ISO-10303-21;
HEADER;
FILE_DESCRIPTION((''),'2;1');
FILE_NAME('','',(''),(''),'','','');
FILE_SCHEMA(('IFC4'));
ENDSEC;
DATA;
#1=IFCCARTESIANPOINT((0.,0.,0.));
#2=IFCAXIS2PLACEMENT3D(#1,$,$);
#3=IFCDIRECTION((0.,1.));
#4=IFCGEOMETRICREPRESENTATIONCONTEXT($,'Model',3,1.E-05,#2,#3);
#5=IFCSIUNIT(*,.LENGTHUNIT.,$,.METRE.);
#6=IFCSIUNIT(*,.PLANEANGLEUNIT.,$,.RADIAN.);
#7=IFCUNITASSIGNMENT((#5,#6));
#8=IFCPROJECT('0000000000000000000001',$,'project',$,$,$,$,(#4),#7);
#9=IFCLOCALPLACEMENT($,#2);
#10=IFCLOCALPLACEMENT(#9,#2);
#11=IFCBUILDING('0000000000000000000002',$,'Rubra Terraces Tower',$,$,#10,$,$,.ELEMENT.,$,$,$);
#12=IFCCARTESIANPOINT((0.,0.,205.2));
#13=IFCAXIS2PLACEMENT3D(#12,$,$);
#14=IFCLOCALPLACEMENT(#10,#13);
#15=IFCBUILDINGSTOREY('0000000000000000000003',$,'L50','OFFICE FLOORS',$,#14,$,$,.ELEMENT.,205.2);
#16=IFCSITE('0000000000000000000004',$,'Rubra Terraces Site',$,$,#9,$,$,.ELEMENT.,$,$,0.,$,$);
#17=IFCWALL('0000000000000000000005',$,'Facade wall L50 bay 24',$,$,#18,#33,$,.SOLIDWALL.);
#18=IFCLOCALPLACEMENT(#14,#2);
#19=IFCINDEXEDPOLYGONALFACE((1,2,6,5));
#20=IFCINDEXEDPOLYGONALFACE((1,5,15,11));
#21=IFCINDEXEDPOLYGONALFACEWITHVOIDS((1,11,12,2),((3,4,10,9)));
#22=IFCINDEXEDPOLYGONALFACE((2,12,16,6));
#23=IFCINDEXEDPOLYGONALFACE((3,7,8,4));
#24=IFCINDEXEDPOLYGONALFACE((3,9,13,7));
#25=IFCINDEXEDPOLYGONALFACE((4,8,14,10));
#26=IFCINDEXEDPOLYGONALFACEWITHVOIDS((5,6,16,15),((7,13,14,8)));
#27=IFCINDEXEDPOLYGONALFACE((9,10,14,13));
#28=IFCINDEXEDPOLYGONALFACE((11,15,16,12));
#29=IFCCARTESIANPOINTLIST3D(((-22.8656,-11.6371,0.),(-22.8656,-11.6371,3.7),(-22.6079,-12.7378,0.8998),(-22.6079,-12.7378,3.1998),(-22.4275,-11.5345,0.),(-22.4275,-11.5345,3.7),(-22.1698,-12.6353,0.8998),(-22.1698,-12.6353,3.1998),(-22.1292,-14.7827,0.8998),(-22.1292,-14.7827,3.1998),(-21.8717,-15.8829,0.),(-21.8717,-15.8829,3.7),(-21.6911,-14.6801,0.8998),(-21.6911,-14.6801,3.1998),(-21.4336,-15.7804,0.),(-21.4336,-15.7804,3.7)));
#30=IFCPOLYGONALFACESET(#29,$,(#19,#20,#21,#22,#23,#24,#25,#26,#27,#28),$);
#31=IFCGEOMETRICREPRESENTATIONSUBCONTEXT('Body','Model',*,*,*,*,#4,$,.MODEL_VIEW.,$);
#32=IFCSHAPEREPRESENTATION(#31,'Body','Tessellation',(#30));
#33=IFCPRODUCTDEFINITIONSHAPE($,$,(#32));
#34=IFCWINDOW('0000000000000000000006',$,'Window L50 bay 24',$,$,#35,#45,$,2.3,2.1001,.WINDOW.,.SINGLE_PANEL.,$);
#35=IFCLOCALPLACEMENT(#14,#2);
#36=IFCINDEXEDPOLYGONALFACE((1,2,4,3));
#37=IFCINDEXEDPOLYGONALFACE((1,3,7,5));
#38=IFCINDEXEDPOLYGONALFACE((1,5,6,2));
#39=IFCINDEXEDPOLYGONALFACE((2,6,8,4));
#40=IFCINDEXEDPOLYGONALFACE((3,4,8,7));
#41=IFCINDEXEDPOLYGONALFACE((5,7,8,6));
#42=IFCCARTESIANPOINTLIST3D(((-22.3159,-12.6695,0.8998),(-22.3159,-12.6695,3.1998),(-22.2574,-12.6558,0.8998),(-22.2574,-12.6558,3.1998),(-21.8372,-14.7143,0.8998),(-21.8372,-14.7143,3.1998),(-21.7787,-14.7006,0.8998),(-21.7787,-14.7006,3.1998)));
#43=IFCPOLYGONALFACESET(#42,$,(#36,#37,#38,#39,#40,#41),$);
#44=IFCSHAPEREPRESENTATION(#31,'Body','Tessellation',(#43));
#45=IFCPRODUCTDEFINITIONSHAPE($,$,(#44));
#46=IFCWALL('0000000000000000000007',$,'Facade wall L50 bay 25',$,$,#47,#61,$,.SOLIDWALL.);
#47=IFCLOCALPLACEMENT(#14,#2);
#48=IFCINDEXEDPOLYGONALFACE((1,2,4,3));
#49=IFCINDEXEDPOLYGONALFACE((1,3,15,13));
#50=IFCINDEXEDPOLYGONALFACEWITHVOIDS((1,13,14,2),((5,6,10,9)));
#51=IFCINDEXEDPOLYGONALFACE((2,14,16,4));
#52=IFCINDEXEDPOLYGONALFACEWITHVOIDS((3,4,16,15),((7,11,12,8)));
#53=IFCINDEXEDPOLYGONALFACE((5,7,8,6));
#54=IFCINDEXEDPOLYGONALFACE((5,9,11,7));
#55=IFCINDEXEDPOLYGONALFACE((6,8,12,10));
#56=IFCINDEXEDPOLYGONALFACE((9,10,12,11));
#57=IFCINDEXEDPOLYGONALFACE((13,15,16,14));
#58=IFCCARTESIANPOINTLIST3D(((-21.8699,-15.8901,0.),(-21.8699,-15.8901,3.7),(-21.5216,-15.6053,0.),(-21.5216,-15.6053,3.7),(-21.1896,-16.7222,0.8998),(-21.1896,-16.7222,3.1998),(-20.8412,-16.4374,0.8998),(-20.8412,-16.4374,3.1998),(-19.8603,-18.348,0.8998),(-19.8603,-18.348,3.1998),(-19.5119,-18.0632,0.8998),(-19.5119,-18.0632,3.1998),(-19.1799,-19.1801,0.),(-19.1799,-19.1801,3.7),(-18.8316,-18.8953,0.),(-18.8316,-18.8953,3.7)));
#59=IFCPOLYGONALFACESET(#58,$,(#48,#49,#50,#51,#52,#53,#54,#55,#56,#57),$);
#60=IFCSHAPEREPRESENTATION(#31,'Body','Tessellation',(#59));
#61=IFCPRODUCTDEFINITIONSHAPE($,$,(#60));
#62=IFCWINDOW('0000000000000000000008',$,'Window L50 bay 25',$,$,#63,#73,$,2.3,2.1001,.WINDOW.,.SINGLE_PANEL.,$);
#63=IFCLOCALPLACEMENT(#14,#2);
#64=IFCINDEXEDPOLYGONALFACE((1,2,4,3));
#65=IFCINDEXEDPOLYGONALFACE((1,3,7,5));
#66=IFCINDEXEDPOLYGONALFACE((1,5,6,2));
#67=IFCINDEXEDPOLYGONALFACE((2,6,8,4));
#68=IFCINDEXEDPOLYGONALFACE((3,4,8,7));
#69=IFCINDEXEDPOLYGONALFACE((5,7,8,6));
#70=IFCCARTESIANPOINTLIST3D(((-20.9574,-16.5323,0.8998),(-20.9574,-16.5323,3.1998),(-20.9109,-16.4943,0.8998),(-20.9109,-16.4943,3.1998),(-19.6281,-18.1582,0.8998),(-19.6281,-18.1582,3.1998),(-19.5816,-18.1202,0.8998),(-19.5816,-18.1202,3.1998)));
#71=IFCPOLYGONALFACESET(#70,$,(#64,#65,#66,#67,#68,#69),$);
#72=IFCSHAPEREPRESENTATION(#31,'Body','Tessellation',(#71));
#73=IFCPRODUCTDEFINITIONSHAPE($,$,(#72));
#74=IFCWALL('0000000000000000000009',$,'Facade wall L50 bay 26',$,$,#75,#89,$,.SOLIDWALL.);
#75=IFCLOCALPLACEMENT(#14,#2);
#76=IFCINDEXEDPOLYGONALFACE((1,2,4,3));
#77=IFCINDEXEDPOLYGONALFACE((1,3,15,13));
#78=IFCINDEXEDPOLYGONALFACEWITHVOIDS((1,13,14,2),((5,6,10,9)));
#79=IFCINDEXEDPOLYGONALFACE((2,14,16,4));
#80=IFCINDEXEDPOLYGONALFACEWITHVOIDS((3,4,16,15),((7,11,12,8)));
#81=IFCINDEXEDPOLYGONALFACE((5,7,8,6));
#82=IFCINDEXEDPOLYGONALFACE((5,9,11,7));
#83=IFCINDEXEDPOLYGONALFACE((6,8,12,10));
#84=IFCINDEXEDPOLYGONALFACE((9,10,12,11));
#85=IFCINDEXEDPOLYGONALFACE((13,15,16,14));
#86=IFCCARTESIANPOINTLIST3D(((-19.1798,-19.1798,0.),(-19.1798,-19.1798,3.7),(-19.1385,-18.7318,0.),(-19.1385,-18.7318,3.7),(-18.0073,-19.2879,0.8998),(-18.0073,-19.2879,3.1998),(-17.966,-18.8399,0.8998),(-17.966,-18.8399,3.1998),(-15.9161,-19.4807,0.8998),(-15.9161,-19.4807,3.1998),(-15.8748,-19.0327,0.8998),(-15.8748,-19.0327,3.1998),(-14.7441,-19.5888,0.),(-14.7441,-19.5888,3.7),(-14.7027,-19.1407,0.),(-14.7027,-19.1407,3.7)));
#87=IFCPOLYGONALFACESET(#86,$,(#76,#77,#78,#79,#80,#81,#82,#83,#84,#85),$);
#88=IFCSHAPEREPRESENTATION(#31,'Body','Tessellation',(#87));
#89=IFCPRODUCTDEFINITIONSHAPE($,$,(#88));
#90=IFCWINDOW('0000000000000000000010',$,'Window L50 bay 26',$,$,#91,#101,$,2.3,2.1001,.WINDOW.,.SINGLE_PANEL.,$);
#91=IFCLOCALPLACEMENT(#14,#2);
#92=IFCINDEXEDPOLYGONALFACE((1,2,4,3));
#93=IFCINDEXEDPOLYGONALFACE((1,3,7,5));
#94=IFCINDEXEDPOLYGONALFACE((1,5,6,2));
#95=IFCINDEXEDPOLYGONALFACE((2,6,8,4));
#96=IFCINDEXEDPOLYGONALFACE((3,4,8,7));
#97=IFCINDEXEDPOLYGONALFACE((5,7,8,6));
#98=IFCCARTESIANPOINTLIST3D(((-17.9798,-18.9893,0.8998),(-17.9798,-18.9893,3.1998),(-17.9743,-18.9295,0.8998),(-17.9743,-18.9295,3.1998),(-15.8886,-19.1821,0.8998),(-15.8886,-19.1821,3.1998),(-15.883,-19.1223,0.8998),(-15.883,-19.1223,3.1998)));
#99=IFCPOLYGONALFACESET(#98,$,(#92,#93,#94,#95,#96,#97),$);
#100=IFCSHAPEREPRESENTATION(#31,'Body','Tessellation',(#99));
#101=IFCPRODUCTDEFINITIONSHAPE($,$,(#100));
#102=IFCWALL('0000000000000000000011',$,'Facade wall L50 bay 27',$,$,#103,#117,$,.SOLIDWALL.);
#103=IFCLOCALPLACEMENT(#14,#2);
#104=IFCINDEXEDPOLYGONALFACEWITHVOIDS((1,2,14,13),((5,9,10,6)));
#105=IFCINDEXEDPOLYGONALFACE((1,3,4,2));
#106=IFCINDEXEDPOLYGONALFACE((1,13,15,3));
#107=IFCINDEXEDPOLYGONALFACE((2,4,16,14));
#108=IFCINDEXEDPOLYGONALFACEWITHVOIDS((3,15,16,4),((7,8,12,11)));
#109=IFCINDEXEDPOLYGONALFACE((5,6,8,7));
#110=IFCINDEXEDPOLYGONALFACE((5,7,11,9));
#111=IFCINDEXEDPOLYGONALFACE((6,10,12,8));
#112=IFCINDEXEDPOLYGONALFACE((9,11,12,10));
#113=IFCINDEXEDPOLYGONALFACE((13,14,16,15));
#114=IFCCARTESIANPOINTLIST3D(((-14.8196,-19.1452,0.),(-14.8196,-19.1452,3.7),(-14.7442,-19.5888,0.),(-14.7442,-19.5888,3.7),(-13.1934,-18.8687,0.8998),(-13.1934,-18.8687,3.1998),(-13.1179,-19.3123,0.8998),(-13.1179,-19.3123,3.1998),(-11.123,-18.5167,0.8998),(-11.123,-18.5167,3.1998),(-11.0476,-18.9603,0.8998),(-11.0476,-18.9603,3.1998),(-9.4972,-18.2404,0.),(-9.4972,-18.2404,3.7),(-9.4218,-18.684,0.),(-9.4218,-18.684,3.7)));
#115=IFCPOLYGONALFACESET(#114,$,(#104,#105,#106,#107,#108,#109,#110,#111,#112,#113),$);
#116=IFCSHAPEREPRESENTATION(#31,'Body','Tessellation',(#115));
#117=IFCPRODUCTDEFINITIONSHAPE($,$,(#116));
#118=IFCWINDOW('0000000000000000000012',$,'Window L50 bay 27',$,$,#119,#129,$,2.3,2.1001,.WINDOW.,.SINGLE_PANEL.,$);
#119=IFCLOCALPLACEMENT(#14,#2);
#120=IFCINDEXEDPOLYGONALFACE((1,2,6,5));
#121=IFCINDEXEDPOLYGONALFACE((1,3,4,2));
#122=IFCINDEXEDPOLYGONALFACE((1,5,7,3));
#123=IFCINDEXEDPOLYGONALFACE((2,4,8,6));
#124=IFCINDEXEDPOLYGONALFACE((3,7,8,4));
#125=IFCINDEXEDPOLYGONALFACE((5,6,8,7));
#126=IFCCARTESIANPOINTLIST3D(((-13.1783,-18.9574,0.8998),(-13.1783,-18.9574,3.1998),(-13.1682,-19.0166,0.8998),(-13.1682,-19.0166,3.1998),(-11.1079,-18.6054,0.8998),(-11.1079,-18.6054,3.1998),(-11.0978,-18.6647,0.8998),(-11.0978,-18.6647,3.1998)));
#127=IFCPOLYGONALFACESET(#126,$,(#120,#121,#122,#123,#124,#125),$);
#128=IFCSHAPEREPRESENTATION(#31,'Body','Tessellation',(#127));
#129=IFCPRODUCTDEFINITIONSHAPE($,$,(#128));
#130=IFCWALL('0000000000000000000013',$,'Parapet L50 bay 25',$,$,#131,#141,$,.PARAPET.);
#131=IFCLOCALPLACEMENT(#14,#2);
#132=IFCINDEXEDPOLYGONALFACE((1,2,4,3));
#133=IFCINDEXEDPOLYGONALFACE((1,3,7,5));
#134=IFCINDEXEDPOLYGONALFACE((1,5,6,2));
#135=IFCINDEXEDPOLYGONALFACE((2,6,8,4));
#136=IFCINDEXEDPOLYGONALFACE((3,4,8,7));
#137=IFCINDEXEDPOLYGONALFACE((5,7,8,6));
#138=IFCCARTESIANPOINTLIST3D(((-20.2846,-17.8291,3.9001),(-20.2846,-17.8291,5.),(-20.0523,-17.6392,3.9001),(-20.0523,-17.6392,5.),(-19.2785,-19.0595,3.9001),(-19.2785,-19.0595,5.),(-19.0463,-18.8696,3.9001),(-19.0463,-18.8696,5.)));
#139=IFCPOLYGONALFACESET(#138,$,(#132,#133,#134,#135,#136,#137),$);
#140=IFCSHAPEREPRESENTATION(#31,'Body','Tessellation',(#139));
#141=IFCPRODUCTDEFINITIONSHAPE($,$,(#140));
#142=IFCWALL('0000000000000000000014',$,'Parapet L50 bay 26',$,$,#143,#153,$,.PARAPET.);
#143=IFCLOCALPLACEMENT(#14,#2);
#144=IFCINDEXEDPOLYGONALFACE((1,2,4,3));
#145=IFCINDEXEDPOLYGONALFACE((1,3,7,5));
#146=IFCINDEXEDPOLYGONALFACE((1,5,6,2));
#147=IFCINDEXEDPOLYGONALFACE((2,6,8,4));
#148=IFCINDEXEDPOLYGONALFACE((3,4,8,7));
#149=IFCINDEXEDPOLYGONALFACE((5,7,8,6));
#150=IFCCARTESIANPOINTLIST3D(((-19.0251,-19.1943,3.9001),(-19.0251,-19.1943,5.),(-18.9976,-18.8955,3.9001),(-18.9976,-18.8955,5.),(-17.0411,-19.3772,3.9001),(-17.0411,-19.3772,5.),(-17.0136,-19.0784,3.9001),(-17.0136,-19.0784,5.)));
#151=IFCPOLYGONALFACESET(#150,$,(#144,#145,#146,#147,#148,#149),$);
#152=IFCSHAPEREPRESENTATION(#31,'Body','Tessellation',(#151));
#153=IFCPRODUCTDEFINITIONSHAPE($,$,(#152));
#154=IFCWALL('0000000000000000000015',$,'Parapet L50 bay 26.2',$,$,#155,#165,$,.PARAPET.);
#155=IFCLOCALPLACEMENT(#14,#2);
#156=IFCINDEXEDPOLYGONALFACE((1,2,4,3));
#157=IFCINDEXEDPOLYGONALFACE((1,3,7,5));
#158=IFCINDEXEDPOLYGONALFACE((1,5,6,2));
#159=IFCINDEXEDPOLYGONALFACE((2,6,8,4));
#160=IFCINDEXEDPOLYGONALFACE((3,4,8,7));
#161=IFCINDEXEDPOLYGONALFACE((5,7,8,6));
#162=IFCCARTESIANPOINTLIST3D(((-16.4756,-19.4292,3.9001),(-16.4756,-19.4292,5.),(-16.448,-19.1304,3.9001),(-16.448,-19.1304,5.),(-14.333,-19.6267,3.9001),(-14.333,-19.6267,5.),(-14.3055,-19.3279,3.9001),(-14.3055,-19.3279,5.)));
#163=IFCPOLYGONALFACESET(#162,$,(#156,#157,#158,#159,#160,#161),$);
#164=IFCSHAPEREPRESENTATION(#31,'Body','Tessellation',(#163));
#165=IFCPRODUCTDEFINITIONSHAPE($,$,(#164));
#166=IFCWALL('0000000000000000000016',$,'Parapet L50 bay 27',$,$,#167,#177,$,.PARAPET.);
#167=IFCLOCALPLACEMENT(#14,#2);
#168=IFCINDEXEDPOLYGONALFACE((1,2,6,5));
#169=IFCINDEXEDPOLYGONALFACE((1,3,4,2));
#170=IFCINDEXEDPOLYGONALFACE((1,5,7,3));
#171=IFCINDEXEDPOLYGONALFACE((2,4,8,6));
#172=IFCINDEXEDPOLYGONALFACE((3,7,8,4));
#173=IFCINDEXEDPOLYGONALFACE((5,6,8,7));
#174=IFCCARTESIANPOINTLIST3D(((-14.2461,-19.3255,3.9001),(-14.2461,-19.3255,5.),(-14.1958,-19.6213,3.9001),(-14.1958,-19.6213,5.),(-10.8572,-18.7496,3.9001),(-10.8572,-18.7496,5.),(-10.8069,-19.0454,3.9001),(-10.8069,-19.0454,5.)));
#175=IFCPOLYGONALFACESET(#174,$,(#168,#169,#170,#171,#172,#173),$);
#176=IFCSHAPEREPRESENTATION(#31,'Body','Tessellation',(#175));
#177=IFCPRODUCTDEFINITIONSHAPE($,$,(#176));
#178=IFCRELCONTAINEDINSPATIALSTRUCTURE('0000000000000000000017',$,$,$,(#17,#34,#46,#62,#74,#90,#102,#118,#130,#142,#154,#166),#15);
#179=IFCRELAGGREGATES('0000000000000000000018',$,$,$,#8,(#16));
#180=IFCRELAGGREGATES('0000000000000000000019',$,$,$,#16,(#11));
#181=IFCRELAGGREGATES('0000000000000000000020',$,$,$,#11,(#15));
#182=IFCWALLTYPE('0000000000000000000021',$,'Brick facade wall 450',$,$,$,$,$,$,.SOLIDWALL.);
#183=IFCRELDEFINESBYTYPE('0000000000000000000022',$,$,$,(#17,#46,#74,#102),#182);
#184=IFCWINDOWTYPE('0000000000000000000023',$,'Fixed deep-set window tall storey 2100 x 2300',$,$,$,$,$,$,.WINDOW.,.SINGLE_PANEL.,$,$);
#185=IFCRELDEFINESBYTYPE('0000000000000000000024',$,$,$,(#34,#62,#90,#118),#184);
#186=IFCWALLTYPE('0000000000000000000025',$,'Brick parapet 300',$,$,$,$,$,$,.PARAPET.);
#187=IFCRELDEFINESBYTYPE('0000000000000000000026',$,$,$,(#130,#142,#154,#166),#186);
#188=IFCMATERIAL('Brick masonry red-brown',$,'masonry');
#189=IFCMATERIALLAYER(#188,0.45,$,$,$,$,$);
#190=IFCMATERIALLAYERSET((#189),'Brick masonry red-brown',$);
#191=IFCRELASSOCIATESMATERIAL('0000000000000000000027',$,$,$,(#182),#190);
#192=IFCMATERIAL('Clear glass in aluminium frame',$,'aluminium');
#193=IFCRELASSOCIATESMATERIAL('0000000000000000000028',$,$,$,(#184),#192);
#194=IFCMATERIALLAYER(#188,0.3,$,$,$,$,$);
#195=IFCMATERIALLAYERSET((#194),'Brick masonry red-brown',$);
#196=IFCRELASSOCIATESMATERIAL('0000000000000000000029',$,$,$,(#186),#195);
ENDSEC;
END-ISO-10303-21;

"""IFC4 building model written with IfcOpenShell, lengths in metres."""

from ifc_helpers import new_model, si_unit, direction, frame, frame_2d, origin, place, context, subcontext, project, spatial, rectangle, extrude, material, layer, layer_set, type_object, element, fill, save


model = new_model("IFC4")

# Units and contexts
model_context = context("Model", 3, precision=1e-05, world=origin(), true_north=direction((0.0, 1.0)))
body_context = subcontext(model_context, "Body", "Model", "MODEL_VIEW")
ifc_project = project(units=[si_unit("LENGTHUNIT", "METRE"), si_unit("PLANEANGLEUNIT", "RADIAN")], contexts=[model_context])

# Site, building, storey
site_placement = place(None, origin())
site = spatial("IfcSite", under=ifc_project, at=site_placement, Name="Rubra Terraces Site", CompositionType="ELEMENT", RefElevation=0.0)
building_placement = place(site_placement, origin())
building = spatial("IfcBuilding", under=site, at=building_placement, Name="Rubra Terraces Tower", CompositionType="ELEMENT")
storey_placement = place(building_placement, frame((0.0, 0.0, 205.2)))
storey = spatial("IfcBuildingStorey", under=building, at=storey_placement, Name="L50", Description="OFFICE FLOORS", CompositionType="ELEMENT", Elevation=205.2)

# Walls, openings, windows
ifc_material_1 = material(Name="Brick masonry red-brown", Category="masonry")
ifc_layer_1 = layer(ifc_material_1, 0.45)
ifc_layer_set_1 = layer_set([ifc_layer_1], Name="Brick masonry red-brown")
wall_type_1 = type_object("IfcWallType", Name="Brick facade wall 450", PredefinedType="SOLIDWALL", material=ifc_layer_set_1)
wall_1_placement = place(storey_placement, frame((-22.6465, -11.5859, 0.0), z_axis=(0.0, 0.0, 1.0), x_axis=(0.227925, -0.973679, 0.0)))
wall_1 = element("IfcWall", 1, at=wall_1_placement, inside=storey, type_object=wall_type_1, Name="Facade wall L50 bay 24", PredefinedType="SOLIDWALL", context=body_context, shape_type="SweptSolid", body=[
    extrude(rectangle(XDim=4.3606, YDim=0.45, at=frame_2d((2.1802, 0.0))), origin(), (0.0, 0.0, 1.0), 3.7),
])
opening_1_placement = place(wall_1_placement, frame((1.1304, 0.0, 0.8999)))
opening_1 = element("IfcOpeningElement", 2, at=opening_1_placement, cuts=wall_1, PredefinedType="OPENING", context=body_context, shape_type="SweptSolid", body=[
    extrude(rectangle(XDim=2.1001, YDim=2.3, at=frame_2d((1.05, 1.1499))), frame((0.0, 0.2349, 0.0), z_axis=(0.0, -1.0, 0.0), x_axis=(1.0, 0.0, 0.0)), (0.0, 0.0, 1.0), 0.47),
])
ifc_material_2 = material(Name="Clear glass in aluminium frame", Category="aluminium")
window_type = type_object("IfcWindowType", Name="Fixed deep-set window tall storey 2100 x 2300", PartitioningType="SINGLE_PANEL", PredefinedType="WINDOW", material=ifc_material_2)
window_1_placement = place(opening_1_placement, origin())
window_1 = element("IfcWindow", 3, at=window_1_placement, inside=storey, type_object=window_type, Name="Window L50 bay 24", OverallHeight=2.3, OverallWidth=2.1001, PartitioningType="SINGLE_PANEL", PredefinedType="WINDOW", context=body_context, shape_type="SweptSolid", body=[
    extrude(rectangle(XDim=2.1001, YDim=2.3, at=frame_2d((1.05, 1.1499))), frame((0.0, 0.135, 0.0), z_axis=(0.0, -1.0, 0.0), x_axis=(1.0, 0.0, 0.0)), (0.0, 0.0, 1.0), 0.0601),
])
fill(opening_1, window_1)
wall_2_placement = place(storey_placement, frame((-21.6958, -15.7476, 0.0), z_axis=(0.0, 0.0, 1.0), x_axis=(0.632969, -0.774177, 0.0)))
wall_2 = element("IfcWall", 4, at=wall_2_placement, inside=storey, type_object=wall_type_1, Name="Facade wall L50 bay 25", PredefinedType="SOLIDWALL", context=body_context, shape_type="SweptSolid", body=[
    extrude(rectangle(XDim=4.2498, YDim=0.45, at=frame_2d((2.125, 0.0))), origin(), (0.0, 0.0, 1.0), 3.7),
])
opening_2_placement = place(wall_2_placement, frame((1.075, 0.0, 0.8999)))
opening_2 = element("IfcOpeningElement", 5, at=opening_2_placement, cuts=wall_2, PredefinedType="OPENING", context=body_context, shape_type="SweptSolid", body=[
    extrude(rectangle(XDim=2.1001, YDim=2.3, at=frame_2d((1.05, 1.1499))), frame((0.0, 0.2349, 0.0), z_axis=(0.0, -1.0, 0.0), x_axis=(1.0, 0.0, 0.0)), (0.0, 0.0, 1.0), 0.47),
])
window_2_placement = place(opening_2_placement, origin())
window_2 = element("IfcWindow", 6, at=window_2_placement, inside=storey, type_object=window_type, Name="Window L50 bay 25", OverallHeight=2.3, OverallWidth=2.1001, PartitioningType="SINGLE_PANEL", PredefinedType="WINDOW", context=body_context, shape_type="SweptSolid", body=[
    extrude(rectangle(XDim=2.1001, YDim=2.3, at=frame_2d((1.05, 1.1499))), frame((0.0, 0.135, 0.0), z_axis=(0.0, -1.0, 0.0), x_axis=(1.0, 0.0, 0.0)), (0.0, 0.0, 1.0), 0.0601),
])
fill(opening_2, window_2)
wall_3_placement = place(storey_placement, frame((-19.1592, -18.9558, 0.0), z_axis=(0.0, 0.0, 1.0), x_axis=(0.995777, -0.091801, 0.0)))
wall_3 = element("IfcWall", 7, at=wall_3_placement, inside=storey, type_object=wall_type_1, Name="Facade wall L50 bay 26", PredefinedType="SOLIDWALL", context=body_context, shape_type="SweptSolid", body=[
    extrude(rectangle(XDim=4.4546, YDim=0.45, at=frame_2d((2.2273, 0.0))), origin(), (0.0, 0.0, 1.0), 3.7),
])
opening_3_placement = place(wall_3_placement, frame((1.1775, 0.0, 0.8999)))
opening_3 = element("IfcOpeningElement", 8, at=opening_3_placement, cuts=wall_3, PredefinedType="OPENING", context=body_context, shape_type="SweptSolid", body=[
    extrude(rectangle(XDim=2.1001, YDim=2.3, at=frame_2d((1.05, 1.1499))), frame((0.0, 0.2349, 0.0), z_axis=(0.0, -1.0, 0.0), x_axis=(1.0, 0.0, 0.0)), (0.0, 0.0, 1.0), 0.47),
])
window_3_placement = place(opening_3_placement, origin())
window_3 = element("IfcWindow", 9, at=window_3_placement, inside=storey, type_object=window_type, Name="Window L50 bay 26", OverallHeight=2.3, OverallWidth=2.1001, PartitioningType="SINGLE_PANEL", PredefinedType="WINDOW", context=body_context, shape_type="SweptSolid", body=[
    extrude(rectangle(XDim=2.1001, YDim=2.3, at=frame_2d((1.05, 1.1499))), frame((0.0, 0.135, 0.0), z_axis=(0.0, -1.0, 0.0), x_axis=(1.0, 0.0, 0.0)), (0.0, 0.0, 1.0), 0.0601),
])
fill(opening_3, window_3)
wall_4_placement = place(storey_placement, frame((-14.7817, -19.3669, 0.0), z_axis=(0.0, 0.0, 1.0), x_axis=(0.985856, 0.167595, 0.0)))
wall_4 = element("IfcWall", 10, at=wall_4_placement, inside=storey, type_object=wall_type_1, Name="Facade wall L50 bay 27", PredefinedType="SOLIDWALL", context=body_context, shape_type="SweptSolid", body=[
    extrude(rectangle(XDim=5.3987, YDim=0.45, at=frame_2d((2.6992, 0.0))), origin(), (0.0, 0.0, 1.0), 3.7),
])
opening_4_placement = place(wall_4_placement, frame((1.6494, 0.0, 0.8999)))
opening_4 = element("IfcOpeningElement", 11, at=opening_4_placement, cuts=wall_4, PredefinedType="OPENING", context=body_context, shape_type="SweptSolid", body=[
    extrude(rectangle(XDim=2.1001, YDim=2.3, at=frame_2d((1.05, 1.1499))), frame((0.0, 0.2349, 0.0), z_axis=(0.0, -1.0, 0.0), x_axis=(1.0, 0.0, 0.0)), (0.0, 0.0, 1.0), 0.47),
])
window_4_placement = place(opening_4_placement, origin())
window_4 = element("IfcWindow", 12, at=window_4_placement, inside=storey, type_object=window_type, Name="Window L50 bay 27", OverallHeight=2.3, OverallWidth=2.1001, PartitioningType="SINGLE_PANEL", PredefinedType="WINDOW", context=body_context, shape_type="SweptSolid", body=[
    extrude(rectangle(XDim=2.1001, YDim=2.3, at=frame_2d((1.05, 1.1499))), frame((0.0, 0.135, 0.0), z_axis=(0.0, -1.0, 0.0), x_axis=(1.0, 0.0, 0.0)), (0.0, 0.0, 1.0), 0.0601),
])
fill(opening_4, window_4)

# Walls
ifc_layer_2 = layer(ifc_material_1, 0.3)
ifc_layer_set_2 = layer_set([ifc_layer_2], Name="Brick masonry red-brown")
wall_type_2 = type_object("IfcWallType", Name="Brick parapet 300", PredefinedType="PARAPET", material=ifc_layer_set_2)
wall_5_placement = place(storey_placement, frame((-20.1685, -17.7341, 3.9001), z_axis=(0.0, 0.0, 1.0), x_axis=(0.632995, -0.774156, 0.0)))
element("IfcWall", 13, at=wall_5_placement, inside=storey, type_object=wall_type_2, Name="Parapet L50 bay 25", PredefinedType="PARAPET", context=body_context, shape_type="SweptSolid", body=[
    extrude(rectangle(XDim=1.5894, YDim=0.3, at=frame_2d((0.7947, 0.0))), origin(), (0.0, 0.0, 1.0), 1.0999),
])
wall_6_placement = place(storey_placement, frame((-19.0112, -19.0449, 3.9001), z_axis=(0.0, 0.0, 1.0), x_axis=(0.99578, -0.091773, 0.0)))
element("IfcWall", 14, at=wall_6_placement, inside=storey, type_object=wall_type_2, Name="Parapet L50 bay 26", PredefinedType="PARAPET", context=body_context, shape_type="SweptSolid", body=[
    extrude(rectangle(XDim=1.9924, YDim=0.3, at=frame_2d((0.9961, 0.0))), origin(), (0.0, 0.0, 1.0), 1.0999),
])
wall_7_placement = place(storey_placement, frame((-16.4617, -19.2798, 3.9001), z_axis=(0.0, 0.0, 1.0), x_axis=(0.995778, -0.091794, 0.0)))
element("IfcWall", 15, at=wall_7_placement, inside=storey, type_object=wall_type_2, Name="Parapet L50 bay 26.2", PredefinedType="PARAPET", context=body_context, shape_type="SweptSolid", body=[
    extrude(rectangle(XDim=2.1516, YDim=0.3, at=frame_2d((1.0757, 0.0))), origin(), (0.0, 0.0, 1.0), 1.0999),
])
wall_8_placement = place(storey_placement, frame((-14.2209, -19.4734, 3.9001), z_axis=(0.0, 0.0, 1.0), x_axis=(0.985865, 0.167542, 0.0)))
element("IfcWall", 16, at=wall_8_placement, inside=storey, type_object=wall_type_2, Name="Parapet L50 bay 27", PredefinedType="PARAPET", context=body_context, shape_type="SweptSolid", body=[
    extrude(rectangle(XDim=3.4375, YDim=0.3, at=frame_2d((1.7188, 0.0))), origin(), (0.0, 0.0, 1.0), 1.0999),
])

save(model, "model.ifc")
